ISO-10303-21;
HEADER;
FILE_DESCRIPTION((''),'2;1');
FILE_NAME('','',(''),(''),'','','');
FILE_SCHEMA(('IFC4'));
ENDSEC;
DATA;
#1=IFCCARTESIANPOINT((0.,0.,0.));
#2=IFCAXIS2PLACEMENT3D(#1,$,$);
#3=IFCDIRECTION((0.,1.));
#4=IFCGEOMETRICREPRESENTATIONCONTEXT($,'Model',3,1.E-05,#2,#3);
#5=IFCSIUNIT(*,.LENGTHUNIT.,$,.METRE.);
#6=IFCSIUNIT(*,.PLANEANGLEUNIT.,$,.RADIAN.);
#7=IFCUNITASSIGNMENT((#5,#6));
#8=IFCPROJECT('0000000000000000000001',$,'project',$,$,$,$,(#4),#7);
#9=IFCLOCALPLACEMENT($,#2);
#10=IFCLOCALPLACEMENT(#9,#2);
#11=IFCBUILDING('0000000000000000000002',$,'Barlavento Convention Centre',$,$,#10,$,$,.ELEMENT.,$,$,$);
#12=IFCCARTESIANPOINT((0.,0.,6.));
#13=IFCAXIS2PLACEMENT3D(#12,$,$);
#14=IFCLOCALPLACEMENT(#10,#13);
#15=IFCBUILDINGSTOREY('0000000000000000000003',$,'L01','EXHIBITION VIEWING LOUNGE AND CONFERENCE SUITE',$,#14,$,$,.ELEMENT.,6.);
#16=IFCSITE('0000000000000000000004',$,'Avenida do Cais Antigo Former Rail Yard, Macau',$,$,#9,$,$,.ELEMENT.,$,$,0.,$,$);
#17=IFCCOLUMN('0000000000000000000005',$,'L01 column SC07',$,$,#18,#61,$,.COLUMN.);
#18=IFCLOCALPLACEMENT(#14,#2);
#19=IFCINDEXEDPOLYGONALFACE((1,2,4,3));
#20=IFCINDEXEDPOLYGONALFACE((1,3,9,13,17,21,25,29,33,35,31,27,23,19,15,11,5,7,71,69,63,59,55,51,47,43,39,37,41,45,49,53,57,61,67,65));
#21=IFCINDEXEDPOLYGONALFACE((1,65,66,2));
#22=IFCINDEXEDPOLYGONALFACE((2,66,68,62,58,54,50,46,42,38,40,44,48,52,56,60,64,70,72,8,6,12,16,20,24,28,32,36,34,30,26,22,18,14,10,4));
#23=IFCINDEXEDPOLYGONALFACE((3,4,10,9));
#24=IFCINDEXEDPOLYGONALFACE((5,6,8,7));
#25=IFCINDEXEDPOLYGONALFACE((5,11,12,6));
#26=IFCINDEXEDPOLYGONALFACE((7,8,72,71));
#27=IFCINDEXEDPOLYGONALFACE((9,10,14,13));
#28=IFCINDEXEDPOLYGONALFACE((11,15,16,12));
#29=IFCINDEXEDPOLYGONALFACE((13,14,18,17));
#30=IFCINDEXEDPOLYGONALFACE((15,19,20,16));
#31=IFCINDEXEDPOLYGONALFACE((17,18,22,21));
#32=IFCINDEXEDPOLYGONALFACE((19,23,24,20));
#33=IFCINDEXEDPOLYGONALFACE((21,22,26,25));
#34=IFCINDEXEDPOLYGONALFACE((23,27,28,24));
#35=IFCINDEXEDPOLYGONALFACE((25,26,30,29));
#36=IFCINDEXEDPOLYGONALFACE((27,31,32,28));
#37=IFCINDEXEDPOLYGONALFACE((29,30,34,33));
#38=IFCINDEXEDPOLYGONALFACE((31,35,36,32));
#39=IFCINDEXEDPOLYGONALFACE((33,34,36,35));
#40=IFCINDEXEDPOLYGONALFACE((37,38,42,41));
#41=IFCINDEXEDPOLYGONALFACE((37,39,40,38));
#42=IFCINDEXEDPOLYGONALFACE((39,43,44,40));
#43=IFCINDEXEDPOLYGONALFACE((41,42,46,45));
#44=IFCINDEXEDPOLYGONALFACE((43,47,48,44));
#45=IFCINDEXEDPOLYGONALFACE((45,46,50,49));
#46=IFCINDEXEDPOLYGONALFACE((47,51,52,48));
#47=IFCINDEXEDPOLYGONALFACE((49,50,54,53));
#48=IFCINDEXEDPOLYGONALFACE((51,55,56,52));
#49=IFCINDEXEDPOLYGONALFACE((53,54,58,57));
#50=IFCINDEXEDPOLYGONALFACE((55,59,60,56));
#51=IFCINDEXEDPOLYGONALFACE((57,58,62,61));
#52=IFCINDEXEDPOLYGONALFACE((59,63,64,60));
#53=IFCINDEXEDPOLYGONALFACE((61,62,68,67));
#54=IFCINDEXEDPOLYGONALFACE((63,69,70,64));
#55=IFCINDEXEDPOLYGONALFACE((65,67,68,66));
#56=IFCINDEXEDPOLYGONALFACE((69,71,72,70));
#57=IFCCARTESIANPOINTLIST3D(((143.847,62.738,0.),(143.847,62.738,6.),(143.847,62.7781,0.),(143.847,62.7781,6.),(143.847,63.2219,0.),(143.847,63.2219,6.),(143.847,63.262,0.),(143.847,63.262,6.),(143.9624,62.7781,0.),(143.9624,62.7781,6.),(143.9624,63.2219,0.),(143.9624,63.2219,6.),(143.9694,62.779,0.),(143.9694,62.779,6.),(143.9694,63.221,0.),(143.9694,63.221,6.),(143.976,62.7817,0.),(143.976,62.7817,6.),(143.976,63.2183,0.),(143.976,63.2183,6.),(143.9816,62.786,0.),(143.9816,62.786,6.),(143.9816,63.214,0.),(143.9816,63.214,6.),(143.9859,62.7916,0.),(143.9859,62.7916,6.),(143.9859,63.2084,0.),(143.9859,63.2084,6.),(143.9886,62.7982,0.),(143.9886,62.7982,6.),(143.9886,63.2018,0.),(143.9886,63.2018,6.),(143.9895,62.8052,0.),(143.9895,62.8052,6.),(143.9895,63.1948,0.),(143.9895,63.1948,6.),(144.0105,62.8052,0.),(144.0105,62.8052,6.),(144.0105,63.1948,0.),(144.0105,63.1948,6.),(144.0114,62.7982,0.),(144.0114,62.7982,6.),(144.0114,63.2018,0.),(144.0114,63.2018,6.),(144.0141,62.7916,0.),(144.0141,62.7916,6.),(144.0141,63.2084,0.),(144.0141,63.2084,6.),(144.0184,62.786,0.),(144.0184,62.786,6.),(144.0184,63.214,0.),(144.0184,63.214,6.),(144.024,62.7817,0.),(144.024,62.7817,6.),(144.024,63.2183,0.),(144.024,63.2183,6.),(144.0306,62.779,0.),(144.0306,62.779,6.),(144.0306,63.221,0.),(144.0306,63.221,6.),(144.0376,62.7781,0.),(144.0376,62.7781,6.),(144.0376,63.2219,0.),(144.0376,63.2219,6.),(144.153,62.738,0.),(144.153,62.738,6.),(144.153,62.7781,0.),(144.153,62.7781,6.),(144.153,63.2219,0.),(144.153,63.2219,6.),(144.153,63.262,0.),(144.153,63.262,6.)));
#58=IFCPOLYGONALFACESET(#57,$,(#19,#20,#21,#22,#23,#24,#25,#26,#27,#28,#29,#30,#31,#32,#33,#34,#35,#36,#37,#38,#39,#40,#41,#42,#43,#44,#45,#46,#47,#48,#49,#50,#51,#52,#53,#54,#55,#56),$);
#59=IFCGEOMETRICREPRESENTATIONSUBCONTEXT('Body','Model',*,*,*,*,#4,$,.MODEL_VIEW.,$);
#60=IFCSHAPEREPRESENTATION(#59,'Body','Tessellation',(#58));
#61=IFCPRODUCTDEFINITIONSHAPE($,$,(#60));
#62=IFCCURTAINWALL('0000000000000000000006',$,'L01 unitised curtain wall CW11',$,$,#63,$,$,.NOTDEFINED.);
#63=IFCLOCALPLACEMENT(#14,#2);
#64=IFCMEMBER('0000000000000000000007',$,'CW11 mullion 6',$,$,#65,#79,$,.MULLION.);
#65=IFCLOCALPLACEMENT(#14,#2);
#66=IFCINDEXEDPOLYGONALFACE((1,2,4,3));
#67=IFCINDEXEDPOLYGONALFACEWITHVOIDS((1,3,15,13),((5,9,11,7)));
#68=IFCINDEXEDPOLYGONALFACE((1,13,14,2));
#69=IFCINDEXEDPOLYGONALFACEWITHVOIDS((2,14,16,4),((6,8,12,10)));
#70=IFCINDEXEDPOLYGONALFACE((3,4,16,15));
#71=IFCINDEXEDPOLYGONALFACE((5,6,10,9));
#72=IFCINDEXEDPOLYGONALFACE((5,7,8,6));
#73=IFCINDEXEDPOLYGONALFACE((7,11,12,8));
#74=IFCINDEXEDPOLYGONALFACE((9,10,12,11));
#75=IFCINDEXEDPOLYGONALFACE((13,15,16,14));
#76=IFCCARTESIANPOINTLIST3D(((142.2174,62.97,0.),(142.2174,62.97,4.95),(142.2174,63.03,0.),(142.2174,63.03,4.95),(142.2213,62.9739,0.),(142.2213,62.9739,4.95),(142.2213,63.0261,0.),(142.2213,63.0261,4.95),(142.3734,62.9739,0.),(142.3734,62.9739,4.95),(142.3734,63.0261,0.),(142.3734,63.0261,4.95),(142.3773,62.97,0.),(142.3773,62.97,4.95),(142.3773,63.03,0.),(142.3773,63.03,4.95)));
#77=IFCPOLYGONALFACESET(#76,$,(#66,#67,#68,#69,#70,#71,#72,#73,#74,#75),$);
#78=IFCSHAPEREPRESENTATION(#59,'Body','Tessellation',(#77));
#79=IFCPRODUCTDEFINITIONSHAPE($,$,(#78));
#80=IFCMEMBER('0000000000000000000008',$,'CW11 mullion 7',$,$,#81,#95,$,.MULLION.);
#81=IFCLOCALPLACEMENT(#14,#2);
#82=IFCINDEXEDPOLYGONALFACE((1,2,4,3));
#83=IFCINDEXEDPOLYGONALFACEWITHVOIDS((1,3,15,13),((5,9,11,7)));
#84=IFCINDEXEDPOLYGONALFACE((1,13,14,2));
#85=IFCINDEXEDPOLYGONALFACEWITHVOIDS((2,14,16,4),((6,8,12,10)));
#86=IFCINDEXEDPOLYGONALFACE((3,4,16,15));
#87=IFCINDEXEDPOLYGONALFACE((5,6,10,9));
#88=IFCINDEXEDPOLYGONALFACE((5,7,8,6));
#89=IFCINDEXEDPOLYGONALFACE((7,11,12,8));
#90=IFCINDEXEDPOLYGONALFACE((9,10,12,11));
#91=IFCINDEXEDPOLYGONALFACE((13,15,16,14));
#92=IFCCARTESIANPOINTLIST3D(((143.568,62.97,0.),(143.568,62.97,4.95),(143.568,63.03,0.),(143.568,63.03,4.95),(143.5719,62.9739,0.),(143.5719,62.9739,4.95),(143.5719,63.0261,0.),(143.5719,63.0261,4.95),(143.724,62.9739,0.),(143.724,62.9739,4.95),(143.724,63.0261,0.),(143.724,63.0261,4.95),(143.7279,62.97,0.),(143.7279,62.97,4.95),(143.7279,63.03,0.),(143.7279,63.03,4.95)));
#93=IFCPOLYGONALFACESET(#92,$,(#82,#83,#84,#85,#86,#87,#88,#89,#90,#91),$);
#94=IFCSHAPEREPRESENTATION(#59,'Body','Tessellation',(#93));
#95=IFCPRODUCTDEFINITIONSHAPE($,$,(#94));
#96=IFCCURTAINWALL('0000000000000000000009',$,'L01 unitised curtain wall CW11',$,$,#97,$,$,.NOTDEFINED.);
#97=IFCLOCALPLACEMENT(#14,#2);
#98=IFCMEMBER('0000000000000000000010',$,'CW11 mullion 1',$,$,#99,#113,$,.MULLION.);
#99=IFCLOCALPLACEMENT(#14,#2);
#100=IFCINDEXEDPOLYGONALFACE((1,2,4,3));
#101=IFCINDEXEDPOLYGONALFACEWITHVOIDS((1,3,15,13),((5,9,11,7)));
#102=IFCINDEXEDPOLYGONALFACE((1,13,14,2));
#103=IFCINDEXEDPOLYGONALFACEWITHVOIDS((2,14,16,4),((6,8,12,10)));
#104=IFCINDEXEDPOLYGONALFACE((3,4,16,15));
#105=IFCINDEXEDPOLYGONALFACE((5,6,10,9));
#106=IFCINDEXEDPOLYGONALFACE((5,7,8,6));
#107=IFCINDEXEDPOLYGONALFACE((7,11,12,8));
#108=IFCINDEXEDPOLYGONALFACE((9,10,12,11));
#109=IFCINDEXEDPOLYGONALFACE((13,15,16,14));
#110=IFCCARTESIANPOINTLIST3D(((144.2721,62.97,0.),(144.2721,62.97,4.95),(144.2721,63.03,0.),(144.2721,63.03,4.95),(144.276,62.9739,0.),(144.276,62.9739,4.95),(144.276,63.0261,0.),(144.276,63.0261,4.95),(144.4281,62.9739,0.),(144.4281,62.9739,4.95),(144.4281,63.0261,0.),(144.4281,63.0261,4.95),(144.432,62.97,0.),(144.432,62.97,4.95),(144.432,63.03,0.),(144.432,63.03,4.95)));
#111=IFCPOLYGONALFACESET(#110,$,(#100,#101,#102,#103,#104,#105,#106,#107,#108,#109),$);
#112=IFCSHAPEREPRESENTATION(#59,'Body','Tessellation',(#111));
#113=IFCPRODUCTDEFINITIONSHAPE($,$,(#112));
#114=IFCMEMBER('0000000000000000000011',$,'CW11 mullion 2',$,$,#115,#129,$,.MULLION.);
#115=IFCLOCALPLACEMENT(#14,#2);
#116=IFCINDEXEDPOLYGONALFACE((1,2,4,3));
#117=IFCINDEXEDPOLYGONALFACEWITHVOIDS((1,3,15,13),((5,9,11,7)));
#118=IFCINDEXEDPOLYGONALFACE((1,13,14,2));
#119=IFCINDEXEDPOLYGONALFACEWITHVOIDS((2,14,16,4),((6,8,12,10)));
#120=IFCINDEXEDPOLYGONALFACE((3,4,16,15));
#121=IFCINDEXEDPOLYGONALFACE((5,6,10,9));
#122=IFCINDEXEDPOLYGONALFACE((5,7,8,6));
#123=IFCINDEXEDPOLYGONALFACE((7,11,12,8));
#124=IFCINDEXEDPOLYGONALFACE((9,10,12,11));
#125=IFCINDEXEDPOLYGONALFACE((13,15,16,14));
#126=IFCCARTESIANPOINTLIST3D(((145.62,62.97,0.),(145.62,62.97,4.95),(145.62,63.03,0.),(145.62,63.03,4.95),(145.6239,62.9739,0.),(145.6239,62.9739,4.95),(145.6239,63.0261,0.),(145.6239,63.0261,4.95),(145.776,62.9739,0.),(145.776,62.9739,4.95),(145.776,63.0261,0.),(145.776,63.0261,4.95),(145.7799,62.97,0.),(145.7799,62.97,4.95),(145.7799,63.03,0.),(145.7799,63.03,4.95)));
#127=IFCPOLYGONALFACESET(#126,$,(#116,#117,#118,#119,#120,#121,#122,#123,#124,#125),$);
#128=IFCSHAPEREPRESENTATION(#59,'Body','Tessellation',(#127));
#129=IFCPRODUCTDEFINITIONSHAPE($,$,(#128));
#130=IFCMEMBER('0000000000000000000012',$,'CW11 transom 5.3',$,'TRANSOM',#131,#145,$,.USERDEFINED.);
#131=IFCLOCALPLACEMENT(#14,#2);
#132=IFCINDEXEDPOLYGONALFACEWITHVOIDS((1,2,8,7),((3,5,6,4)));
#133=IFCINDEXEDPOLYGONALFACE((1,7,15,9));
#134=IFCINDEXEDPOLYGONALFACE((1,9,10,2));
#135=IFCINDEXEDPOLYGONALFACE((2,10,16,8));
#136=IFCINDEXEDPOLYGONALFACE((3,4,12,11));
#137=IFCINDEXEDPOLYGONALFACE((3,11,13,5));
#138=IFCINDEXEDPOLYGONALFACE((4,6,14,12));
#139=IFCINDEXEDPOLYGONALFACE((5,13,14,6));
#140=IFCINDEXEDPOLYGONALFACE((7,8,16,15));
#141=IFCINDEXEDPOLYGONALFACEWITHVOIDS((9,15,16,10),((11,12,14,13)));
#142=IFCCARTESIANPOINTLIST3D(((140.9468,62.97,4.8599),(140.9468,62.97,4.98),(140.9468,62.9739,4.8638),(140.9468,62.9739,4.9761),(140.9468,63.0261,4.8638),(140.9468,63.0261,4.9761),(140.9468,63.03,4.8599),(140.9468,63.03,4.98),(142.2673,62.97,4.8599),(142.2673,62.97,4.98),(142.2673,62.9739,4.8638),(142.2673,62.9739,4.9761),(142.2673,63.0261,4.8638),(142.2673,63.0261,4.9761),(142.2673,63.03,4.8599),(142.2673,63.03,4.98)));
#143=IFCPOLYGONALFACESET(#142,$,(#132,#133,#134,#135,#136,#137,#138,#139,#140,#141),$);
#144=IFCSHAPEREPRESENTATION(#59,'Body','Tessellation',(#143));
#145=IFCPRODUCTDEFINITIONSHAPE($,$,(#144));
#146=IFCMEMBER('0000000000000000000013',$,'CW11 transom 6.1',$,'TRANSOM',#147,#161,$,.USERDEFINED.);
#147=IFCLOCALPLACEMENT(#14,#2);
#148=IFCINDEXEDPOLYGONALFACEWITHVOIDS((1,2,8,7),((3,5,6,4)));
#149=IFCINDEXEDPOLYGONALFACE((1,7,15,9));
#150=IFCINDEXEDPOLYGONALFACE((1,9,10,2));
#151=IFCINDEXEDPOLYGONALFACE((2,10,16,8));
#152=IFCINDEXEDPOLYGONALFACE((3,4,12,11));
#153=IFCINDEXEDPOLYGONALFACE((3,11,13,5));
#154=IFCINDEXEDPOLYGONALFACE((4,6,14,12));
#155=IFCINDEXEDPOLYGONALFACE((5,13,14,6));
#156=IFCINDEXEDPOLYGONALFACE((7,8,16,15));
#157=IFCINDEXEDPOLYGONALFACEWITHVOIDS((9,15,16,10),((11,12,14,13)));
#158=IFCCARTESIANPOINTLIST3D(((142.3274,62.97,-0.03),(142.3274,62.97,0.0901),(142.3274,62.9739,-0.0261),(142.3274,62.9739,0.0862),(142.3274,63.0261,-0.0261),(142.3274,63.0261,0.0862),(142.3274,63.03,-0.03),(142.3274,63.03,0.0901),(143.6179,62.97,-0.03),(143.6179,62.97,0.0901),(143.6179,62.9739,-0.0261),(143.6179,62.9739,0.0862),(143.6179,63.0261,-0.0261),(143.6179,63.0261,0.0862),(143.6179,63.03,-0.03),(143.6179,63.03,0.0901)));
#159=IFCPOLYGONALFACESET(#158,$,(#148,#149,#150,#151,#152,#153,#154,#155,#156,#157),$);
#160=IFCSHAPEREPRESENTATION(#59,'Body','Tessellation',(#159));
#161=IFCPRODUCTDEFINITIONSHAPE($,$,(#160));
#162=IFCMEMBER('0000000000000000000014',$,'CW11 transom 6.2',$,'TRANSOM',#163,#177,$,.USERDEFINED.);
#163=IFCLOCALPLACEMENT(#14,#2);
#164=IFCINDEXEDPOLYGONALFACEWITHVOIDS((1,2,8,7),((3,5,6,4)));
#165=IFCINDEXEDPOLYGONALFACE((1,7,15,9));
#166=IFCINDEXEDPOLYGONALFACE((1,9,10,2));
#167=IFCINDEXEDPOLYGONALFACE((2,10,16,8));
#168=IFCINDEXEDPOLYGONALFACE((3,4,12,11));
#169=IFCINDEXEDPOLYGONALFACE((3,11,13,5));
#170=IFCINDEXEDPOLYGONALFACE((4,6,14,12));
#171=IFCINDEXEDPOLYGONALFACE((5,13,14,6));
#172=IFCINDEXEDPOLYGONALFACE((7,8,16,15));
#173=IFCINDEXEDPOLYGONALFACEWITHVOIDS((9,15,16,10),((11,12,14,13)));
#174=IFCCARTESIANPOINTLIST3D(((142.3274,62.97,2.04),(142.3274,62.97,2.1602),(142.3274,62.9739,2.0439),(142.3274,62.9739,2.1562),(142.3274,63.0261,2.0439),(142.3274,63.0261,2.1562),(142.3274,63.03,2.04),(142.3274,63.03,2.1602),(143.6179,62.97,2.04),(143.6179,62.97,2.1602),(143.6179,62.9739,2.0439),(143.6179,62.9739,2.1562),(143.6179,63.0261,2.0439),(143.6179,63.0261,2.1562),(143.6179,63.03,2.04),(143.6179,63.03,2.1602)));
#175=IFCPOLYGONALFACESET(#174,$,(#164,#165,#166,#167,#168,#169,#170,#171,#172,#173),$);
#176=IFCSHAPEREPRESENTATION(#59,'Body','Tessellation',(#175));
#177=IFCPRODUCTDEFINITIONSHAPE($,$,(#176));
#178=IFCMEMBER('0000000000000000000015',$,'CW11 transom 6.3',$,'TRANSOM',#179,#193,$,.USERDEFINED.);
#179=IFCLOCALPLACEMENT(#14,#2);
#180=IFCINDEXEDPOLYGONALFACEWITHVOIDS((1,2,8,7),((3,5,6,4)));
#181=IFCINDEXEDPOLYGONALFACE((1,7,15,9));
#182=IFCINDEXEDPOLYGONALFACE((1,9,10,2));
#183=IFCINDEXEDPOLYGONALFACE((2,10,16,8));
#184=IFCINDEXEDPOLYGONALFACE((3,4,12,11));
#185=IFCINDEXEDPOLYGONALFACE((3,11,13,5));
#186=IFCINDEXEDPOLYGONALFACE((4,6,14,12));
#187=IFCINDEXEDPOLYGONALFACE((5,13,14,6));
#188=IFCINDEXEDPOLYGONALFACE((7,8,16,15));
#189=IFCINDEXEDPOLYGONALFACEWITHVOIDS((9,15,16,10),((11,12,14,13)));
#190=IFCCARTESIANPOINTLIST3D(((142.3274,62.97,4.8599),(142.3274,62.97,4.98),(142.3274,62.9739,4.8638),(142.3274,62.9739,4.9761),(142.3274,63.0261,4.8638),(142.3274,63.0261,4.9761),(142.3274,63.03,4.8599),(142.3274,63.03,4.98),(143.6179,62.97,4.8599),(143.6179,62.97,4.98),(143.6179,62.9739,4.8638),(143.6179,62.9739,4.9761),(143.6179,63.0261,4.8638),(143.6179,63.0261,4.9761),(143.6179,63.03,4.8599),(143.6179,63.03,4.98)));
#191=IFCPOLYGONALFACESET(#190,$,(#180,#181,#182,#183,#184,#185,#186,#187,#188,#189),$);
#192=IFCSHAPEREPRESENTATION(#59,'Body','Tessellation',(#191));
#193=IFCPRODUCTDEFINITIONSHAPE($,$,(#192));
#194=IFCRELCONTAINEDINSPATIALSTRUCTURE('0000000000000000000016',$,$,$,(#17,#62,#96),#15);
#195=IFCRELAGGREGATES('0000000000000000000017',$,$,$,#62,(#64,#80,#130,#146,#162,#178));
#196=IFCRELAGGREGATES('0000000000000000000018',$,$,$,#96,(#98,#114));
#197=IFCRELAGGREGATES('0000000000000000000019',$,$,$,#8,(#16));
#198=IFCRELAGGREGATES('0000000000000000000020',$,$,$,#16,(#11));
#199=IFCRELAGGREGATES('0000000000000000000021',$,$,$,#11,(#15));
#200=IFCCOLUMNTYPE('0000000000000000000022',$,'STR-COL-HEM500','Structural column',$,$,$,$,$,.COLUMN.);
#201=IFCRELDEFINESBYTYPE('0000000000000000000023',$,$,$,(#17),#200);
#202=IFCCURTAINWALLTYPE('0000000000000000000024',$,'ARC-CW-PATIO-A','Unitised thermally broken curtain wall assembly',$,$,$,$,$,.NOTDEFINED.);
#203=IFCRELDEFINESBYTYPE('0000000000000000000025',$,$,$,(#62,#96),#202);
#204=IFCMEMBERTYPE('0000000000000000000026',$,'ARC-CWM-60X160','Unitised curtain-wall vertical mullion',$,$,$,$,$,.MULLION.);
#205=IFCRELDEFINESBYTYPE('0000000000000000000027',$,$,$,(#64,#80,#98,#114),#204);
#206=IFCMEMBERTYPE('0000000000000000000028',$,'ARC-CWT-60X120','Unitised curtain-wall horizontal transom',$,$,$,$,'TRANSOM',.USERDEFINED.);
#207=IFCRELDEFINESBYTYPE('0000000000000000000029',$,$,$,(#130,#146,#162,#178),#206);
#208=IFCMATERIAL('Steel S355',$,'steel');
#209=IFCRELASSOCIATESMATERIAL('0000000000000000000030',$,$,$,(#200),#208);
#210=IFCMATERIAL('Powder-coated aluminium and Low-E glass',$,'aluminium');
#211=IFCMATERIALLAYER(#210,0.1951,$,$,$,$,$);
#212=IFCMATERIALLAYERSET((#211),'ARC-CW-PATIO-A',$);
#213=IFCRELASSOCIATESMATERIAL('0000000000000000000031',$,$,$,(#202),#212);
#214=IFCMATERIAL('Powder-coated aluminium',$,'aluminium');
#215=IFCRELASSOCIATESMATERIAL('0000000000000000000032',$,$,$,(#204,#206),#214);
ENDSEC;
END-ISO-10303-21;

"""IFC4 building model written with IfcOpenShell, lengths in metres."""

from ifc_helpers import new_model, si_unit, direction, frame, origin, origin_2d, place, context, subcontext, project, spatial, hollow_rectangle, i_section, extrude, material, layer, layer_set, material_profile, profile_set, type_object, element, aggregate, save


model = new_model("IFC4")

# Units and contexts
model_context = context("Model", 3, precision=1e-05, world=origin(), true_north=direction((0.0, 1.0)))
body_context = subcontext(model_context, "Body", "Model", "MODEL_VIEW")
ifc_project = project(units=[si_unit("LENGTHUNIT", "METRE"), si_unit("PLANEANGLEUNIT", "RADIAN")], contexts=[model_context])

# Site, building, storey
site_placement = place(None, origin())
site = spatial("IfcSite", under=ifc_project, at=site_placement, Name="Avenida do Cais Antigo Former Rail Yard, Macau", CompositionType="ELEMENT", RefElevation=0.0)
building_placement = place(site_placement, origin())
building = spatial("IfcBuilding", under=site, at=building_placement, Name="Barlavento Convention Centre", CompositionType="ELEMENT")
storey_placement = place(building_placement, frame((0.0, 0.0, 6.0)))
storey = spatial("IfcBuildingStorey", under=building, at=storey_placement, Name="L01", Description="EXHIBITION VIEWING LOUNGE AND CONFERENCE SUITE", CompositionType="ELEMENT", Elevation=6.0)

# Column
ifc_material_1 = material(Name="Steel S355", Category="steel")
ifc_material_profile_1 = material_profile(ifc_material_1, i_section(OverallWidth=0.3059, OverallDepth=0.5239, WebThickness=0.021, FlangeThickness=0.04, FilletRadius=0.0271, at=origin_2d()), Name="HEM 500")
ifc_profile_set_1 = profile_set([ifc_material_profile_1], Name="Steel S355")
column_type = type_object("IfcColumnType", Name="STR-COL-HEM500", Description="Structural column", PredefinedType="COLUMN", material=ifc_profile_set_1)
column_placement = place(storey_placement, frame((144.0, 63.0, 0.0), z_axis=(0.0, 0.0, 1.0), x_axis=(1.0, 0.0, 0.0)))
element("IfcColumn", 1, at=column_placement, inside=storey, type_object=column_type, Name="L01 column SC07", PredefinedType="COLUMN", context=body_context, shape_type="SweptSolid", body=[
    extrude(i_section(OverallWidth=0.3059, OverallDepth=0.5239, WebThickness=0.021, FlangeThickness=0.04, FilletRadius=0.0271, at=origin_2d()), origin(), (0.0, 0.0, 1.0), 6.0),
])

# Curtain walls, members
ifc_material_2 = material(Name="Powder-coated aluminium and Low-E glass", Category="aluminium")
ifc_layer_1 = layer(ifc_material_2, 0.1951)
ifc_layer_set_1 = layer_set([ifc_layer_1], Name="ARC-CW-PATIO-A")
curtain_wall_type = type_object("IfcCurtainWallType", Name="ARC-CW-PATIO-A", Description="Unitised thermally broken curtain wall assembly", PredefinedType="NOTDEFINED", material=ifc_layer_set_1)
curtain_wall_1_placement = place(storey_placement, origin())
curtain_wall_1 = element("IfcCurtainWall", 2, at=curtain_wall_1_placement, inside=storey, type_object=curtain_wall_type, Name="L01 unitised curtain wall CW11", PredefinedType="NOTDEFINED")
ifc_material_3 = material(Name="Powder-coated aluminium", Category="aluminium")
ifc_material_profile_2 = material_profile(ifc_material_3, hollow_rectangle(XDim=0.0601, YDim=0.1599, WallThickness=0.0039, at=origin_2d()), Name="AL-MULL 60x160x4")
ifc_profile_set_2 = profile_set([ifc_material_profile_2], Name="Powder-coated aluminium")
member_type_1 = type_object("IfcMemberType", Name="ARC-CWM-60X160", Description="Unitised curtain-wall vertical mullion", PredefinedType="MULLION", material=ifc_profile_set_2)
member_1_placement = place(storey_placement, frame((142.2974, 63.0, 0.0), z_axis=(0.0, 0.0, 1.0), x_axis=(0.0, 1.0, 0.0)))
member_1 = element("IfcMember", 3, at=member_1_placement, type_object=member_type_1, Name="CW11 mullion 6", PredefinedType="MULLION", context=body_context, shape_type="SweptSolid", body=[
    extrude(hollow_rectangle(XDim=0.0601, YDim=0.1599, WallThickness=0.0039, at=origin_2d()), origin(), (0.0, 0.0, 1.0), 4.95),
])
member_2_placement = place(storey_placement, frame((143.6479, 63.0, 0.0), z_axis=(0.0, 0.0, 1.0), x_axis=(0.0, 1.0, 0.0)))
member_2 = element("IfcMember", 4, at=member_2_placement, type_object=member_type_1, Name="CW11 mullion 7", PredefinedType="MULLION", context=body_context, shape_type="SweptSolid", body=[
    extrude(hollow_rectangle(XDim=0.0601, YDim=0.1599, WallThickness=0.0039, at=origin_2d()), origin(), (0.0, 0.0, 1.0), 4.95),
])
curtain_wall_2_placement = place(storey_placement, origin())
curtain_wall_2 = element("IfcCurtainWall", 5, at=curtain_wall_2_placement, inside=storey, type_object=curtain_wall_type, Name="L01 unitised curtain wall CW11", PredefinedType="NOTDEFINED")
member_3_placement = place(storey_placement, frame((144.3521, 63.0, 0.0), z_axis=(0.0, 0.0, 1.0), x_axis=(0.0, 1.0, 0.0)))
member_3 = element("IfcMember", 6, at=member_3_placement, type_object=member_type_1, Name="CW11 mullion 1", PredefinedType="MULLION", context=body_context, shape_type="SweptSolid", body=[
    extrude(hollow_rectangle(XDim=0.0601, YDim=0.1599, WallThickness=0.0039, at=origin_2d()), origin(), (0.0, 0.0, 1.0), 4.95),
])
member_4_placement = place(storey_placement, frame((145.7, 63.0, 0.0), z_axis=(0.0, 0.0, 1.0), x_axis=(0.0, 1.0, 0.0)))
member_4 = element("IfcMember", 7, at=member_4_placement, type_object=member_type_1, Name="CW11 mullion 2", PredefinedType="MULLION", context=body_context, shape_type="SweptSolid", body=[
    extrude(hollow_rectangle(XDim=0.0601, YDim=0.1599, WallThickness=0.0039, at=origin_2d()), origin(), (0.0, 0.0, 1.0), 4.95),
])

# Members
ifc_material_profile_3 = material_profile(ifc_material_3, hollow_rectangle(XDim=0.0601, YDim=0.1201, WallThickness=0.0039, at=origin_2d()), Name="AL-TRAN 60x120x4")
ifc_profile_set_3 = profile_set([ifc_material_profile_3], Name="Powder-coated aluminium")
member_type_2 = type_object("IfcMemberType", Name="ARC-CWT-60X120", Description="Unitised curtain-wall horizontal transom", ElementType="TRANSOM", PredefinedType="USERDEFINED", material=ifc_profile_set_3)
member_5_placement = place(storey_placement, frame((140.9468, 63.0, 4.9199), z_axis=(1.0, 0.0, 0.0), x_axis=(0.0, 1.0, 0.0)))
member_5 = element("IfcMember", 8, at=member_5_placement, type_object=member_type_2, Name="CW11 transom 5.3", ObjectType="TRANSOM", PredefinedType="USERDEFINED", context=body_context, shape_type="SweptSolid", body=[
    extrude(hollow_rectangle(XDim=0.0601, YDim=0.1201, WallThickness=0.0039, at=origin_2d()), origin(), (0.0, 0.0, 1.0), 1.3206),
])
member_6_placement = place(storey_placement, frame((142.3274, 63.0, 0.03), z_axis=(1.0, 0.0, 0.0), x_axis=(0.0, 1.0, 0.0)))
member_6 = element("IfcMember", 9, at=member_6_placement, type_object=member_type_2, Name="CW11 transom 6.1", ObjectType="TRANSOM", PredefinedType="USERDEFINED", context=body_context, shape_type="SweptSolid", body=[
    extrude(hollow_rectangle(XDim=0.0601, YDim=0.1201, WallThickness=0.0039, at=origin_2d()), origin(), (0.0, 0.0, 1.0), 1.2905),
])
member_7_placement = place(storey_placement, frame((142.3274, 63.0, 2.1001), z_axis=(1.0, 0.0, 0.0), x_axis=(0.0, 1.0, 0.0)))
member_7 = element("IfcMember", 10, at=member_7_placement, type_object=member_type_2, Name="CW11 transom 6.2", ObjectType="TRANSOM", PredefinedType="USERDEFINED", context=body_context, shape_type="SweptSolid", body=[
    extrude(hollow_rectangle(XDim=0.0601, YDim=0.1201, WallThickness=0.0039, at=origin_2d()), origin(), (0.0, 0.0, 1.0), 1.2905),
])
member_8_placement = place(storey_placement, frame((142.3274, 63.0, 4.9199), z_axis=(1.0, 0.0, 0.0), x_axis=(0.0, 1.0, 0.0)))
member_8 = element("IfcMember", 11, at=member_8_placement, type_object=member_type_2, Name="CW11 transom 6.3", ObjectType="TRANSOM", PredefinedType="USERDEFINED", context=body_context, shape_type="SweptSolid", body=[
    extrude(hollow_rectangle(XDim=0.0601, YDim=0.1201, WallThickness=0.0039, at=origin_2d()), origin(), (0.0, 0.0, 1.0), 1.2905),
])

aggregate(curtain_wall_1, [member_1, member_2, member_5, member_6, member_7, member_8])
aggregate(curtain_wall_2, [member_3, member_4])

save(model, "model.ifc")
